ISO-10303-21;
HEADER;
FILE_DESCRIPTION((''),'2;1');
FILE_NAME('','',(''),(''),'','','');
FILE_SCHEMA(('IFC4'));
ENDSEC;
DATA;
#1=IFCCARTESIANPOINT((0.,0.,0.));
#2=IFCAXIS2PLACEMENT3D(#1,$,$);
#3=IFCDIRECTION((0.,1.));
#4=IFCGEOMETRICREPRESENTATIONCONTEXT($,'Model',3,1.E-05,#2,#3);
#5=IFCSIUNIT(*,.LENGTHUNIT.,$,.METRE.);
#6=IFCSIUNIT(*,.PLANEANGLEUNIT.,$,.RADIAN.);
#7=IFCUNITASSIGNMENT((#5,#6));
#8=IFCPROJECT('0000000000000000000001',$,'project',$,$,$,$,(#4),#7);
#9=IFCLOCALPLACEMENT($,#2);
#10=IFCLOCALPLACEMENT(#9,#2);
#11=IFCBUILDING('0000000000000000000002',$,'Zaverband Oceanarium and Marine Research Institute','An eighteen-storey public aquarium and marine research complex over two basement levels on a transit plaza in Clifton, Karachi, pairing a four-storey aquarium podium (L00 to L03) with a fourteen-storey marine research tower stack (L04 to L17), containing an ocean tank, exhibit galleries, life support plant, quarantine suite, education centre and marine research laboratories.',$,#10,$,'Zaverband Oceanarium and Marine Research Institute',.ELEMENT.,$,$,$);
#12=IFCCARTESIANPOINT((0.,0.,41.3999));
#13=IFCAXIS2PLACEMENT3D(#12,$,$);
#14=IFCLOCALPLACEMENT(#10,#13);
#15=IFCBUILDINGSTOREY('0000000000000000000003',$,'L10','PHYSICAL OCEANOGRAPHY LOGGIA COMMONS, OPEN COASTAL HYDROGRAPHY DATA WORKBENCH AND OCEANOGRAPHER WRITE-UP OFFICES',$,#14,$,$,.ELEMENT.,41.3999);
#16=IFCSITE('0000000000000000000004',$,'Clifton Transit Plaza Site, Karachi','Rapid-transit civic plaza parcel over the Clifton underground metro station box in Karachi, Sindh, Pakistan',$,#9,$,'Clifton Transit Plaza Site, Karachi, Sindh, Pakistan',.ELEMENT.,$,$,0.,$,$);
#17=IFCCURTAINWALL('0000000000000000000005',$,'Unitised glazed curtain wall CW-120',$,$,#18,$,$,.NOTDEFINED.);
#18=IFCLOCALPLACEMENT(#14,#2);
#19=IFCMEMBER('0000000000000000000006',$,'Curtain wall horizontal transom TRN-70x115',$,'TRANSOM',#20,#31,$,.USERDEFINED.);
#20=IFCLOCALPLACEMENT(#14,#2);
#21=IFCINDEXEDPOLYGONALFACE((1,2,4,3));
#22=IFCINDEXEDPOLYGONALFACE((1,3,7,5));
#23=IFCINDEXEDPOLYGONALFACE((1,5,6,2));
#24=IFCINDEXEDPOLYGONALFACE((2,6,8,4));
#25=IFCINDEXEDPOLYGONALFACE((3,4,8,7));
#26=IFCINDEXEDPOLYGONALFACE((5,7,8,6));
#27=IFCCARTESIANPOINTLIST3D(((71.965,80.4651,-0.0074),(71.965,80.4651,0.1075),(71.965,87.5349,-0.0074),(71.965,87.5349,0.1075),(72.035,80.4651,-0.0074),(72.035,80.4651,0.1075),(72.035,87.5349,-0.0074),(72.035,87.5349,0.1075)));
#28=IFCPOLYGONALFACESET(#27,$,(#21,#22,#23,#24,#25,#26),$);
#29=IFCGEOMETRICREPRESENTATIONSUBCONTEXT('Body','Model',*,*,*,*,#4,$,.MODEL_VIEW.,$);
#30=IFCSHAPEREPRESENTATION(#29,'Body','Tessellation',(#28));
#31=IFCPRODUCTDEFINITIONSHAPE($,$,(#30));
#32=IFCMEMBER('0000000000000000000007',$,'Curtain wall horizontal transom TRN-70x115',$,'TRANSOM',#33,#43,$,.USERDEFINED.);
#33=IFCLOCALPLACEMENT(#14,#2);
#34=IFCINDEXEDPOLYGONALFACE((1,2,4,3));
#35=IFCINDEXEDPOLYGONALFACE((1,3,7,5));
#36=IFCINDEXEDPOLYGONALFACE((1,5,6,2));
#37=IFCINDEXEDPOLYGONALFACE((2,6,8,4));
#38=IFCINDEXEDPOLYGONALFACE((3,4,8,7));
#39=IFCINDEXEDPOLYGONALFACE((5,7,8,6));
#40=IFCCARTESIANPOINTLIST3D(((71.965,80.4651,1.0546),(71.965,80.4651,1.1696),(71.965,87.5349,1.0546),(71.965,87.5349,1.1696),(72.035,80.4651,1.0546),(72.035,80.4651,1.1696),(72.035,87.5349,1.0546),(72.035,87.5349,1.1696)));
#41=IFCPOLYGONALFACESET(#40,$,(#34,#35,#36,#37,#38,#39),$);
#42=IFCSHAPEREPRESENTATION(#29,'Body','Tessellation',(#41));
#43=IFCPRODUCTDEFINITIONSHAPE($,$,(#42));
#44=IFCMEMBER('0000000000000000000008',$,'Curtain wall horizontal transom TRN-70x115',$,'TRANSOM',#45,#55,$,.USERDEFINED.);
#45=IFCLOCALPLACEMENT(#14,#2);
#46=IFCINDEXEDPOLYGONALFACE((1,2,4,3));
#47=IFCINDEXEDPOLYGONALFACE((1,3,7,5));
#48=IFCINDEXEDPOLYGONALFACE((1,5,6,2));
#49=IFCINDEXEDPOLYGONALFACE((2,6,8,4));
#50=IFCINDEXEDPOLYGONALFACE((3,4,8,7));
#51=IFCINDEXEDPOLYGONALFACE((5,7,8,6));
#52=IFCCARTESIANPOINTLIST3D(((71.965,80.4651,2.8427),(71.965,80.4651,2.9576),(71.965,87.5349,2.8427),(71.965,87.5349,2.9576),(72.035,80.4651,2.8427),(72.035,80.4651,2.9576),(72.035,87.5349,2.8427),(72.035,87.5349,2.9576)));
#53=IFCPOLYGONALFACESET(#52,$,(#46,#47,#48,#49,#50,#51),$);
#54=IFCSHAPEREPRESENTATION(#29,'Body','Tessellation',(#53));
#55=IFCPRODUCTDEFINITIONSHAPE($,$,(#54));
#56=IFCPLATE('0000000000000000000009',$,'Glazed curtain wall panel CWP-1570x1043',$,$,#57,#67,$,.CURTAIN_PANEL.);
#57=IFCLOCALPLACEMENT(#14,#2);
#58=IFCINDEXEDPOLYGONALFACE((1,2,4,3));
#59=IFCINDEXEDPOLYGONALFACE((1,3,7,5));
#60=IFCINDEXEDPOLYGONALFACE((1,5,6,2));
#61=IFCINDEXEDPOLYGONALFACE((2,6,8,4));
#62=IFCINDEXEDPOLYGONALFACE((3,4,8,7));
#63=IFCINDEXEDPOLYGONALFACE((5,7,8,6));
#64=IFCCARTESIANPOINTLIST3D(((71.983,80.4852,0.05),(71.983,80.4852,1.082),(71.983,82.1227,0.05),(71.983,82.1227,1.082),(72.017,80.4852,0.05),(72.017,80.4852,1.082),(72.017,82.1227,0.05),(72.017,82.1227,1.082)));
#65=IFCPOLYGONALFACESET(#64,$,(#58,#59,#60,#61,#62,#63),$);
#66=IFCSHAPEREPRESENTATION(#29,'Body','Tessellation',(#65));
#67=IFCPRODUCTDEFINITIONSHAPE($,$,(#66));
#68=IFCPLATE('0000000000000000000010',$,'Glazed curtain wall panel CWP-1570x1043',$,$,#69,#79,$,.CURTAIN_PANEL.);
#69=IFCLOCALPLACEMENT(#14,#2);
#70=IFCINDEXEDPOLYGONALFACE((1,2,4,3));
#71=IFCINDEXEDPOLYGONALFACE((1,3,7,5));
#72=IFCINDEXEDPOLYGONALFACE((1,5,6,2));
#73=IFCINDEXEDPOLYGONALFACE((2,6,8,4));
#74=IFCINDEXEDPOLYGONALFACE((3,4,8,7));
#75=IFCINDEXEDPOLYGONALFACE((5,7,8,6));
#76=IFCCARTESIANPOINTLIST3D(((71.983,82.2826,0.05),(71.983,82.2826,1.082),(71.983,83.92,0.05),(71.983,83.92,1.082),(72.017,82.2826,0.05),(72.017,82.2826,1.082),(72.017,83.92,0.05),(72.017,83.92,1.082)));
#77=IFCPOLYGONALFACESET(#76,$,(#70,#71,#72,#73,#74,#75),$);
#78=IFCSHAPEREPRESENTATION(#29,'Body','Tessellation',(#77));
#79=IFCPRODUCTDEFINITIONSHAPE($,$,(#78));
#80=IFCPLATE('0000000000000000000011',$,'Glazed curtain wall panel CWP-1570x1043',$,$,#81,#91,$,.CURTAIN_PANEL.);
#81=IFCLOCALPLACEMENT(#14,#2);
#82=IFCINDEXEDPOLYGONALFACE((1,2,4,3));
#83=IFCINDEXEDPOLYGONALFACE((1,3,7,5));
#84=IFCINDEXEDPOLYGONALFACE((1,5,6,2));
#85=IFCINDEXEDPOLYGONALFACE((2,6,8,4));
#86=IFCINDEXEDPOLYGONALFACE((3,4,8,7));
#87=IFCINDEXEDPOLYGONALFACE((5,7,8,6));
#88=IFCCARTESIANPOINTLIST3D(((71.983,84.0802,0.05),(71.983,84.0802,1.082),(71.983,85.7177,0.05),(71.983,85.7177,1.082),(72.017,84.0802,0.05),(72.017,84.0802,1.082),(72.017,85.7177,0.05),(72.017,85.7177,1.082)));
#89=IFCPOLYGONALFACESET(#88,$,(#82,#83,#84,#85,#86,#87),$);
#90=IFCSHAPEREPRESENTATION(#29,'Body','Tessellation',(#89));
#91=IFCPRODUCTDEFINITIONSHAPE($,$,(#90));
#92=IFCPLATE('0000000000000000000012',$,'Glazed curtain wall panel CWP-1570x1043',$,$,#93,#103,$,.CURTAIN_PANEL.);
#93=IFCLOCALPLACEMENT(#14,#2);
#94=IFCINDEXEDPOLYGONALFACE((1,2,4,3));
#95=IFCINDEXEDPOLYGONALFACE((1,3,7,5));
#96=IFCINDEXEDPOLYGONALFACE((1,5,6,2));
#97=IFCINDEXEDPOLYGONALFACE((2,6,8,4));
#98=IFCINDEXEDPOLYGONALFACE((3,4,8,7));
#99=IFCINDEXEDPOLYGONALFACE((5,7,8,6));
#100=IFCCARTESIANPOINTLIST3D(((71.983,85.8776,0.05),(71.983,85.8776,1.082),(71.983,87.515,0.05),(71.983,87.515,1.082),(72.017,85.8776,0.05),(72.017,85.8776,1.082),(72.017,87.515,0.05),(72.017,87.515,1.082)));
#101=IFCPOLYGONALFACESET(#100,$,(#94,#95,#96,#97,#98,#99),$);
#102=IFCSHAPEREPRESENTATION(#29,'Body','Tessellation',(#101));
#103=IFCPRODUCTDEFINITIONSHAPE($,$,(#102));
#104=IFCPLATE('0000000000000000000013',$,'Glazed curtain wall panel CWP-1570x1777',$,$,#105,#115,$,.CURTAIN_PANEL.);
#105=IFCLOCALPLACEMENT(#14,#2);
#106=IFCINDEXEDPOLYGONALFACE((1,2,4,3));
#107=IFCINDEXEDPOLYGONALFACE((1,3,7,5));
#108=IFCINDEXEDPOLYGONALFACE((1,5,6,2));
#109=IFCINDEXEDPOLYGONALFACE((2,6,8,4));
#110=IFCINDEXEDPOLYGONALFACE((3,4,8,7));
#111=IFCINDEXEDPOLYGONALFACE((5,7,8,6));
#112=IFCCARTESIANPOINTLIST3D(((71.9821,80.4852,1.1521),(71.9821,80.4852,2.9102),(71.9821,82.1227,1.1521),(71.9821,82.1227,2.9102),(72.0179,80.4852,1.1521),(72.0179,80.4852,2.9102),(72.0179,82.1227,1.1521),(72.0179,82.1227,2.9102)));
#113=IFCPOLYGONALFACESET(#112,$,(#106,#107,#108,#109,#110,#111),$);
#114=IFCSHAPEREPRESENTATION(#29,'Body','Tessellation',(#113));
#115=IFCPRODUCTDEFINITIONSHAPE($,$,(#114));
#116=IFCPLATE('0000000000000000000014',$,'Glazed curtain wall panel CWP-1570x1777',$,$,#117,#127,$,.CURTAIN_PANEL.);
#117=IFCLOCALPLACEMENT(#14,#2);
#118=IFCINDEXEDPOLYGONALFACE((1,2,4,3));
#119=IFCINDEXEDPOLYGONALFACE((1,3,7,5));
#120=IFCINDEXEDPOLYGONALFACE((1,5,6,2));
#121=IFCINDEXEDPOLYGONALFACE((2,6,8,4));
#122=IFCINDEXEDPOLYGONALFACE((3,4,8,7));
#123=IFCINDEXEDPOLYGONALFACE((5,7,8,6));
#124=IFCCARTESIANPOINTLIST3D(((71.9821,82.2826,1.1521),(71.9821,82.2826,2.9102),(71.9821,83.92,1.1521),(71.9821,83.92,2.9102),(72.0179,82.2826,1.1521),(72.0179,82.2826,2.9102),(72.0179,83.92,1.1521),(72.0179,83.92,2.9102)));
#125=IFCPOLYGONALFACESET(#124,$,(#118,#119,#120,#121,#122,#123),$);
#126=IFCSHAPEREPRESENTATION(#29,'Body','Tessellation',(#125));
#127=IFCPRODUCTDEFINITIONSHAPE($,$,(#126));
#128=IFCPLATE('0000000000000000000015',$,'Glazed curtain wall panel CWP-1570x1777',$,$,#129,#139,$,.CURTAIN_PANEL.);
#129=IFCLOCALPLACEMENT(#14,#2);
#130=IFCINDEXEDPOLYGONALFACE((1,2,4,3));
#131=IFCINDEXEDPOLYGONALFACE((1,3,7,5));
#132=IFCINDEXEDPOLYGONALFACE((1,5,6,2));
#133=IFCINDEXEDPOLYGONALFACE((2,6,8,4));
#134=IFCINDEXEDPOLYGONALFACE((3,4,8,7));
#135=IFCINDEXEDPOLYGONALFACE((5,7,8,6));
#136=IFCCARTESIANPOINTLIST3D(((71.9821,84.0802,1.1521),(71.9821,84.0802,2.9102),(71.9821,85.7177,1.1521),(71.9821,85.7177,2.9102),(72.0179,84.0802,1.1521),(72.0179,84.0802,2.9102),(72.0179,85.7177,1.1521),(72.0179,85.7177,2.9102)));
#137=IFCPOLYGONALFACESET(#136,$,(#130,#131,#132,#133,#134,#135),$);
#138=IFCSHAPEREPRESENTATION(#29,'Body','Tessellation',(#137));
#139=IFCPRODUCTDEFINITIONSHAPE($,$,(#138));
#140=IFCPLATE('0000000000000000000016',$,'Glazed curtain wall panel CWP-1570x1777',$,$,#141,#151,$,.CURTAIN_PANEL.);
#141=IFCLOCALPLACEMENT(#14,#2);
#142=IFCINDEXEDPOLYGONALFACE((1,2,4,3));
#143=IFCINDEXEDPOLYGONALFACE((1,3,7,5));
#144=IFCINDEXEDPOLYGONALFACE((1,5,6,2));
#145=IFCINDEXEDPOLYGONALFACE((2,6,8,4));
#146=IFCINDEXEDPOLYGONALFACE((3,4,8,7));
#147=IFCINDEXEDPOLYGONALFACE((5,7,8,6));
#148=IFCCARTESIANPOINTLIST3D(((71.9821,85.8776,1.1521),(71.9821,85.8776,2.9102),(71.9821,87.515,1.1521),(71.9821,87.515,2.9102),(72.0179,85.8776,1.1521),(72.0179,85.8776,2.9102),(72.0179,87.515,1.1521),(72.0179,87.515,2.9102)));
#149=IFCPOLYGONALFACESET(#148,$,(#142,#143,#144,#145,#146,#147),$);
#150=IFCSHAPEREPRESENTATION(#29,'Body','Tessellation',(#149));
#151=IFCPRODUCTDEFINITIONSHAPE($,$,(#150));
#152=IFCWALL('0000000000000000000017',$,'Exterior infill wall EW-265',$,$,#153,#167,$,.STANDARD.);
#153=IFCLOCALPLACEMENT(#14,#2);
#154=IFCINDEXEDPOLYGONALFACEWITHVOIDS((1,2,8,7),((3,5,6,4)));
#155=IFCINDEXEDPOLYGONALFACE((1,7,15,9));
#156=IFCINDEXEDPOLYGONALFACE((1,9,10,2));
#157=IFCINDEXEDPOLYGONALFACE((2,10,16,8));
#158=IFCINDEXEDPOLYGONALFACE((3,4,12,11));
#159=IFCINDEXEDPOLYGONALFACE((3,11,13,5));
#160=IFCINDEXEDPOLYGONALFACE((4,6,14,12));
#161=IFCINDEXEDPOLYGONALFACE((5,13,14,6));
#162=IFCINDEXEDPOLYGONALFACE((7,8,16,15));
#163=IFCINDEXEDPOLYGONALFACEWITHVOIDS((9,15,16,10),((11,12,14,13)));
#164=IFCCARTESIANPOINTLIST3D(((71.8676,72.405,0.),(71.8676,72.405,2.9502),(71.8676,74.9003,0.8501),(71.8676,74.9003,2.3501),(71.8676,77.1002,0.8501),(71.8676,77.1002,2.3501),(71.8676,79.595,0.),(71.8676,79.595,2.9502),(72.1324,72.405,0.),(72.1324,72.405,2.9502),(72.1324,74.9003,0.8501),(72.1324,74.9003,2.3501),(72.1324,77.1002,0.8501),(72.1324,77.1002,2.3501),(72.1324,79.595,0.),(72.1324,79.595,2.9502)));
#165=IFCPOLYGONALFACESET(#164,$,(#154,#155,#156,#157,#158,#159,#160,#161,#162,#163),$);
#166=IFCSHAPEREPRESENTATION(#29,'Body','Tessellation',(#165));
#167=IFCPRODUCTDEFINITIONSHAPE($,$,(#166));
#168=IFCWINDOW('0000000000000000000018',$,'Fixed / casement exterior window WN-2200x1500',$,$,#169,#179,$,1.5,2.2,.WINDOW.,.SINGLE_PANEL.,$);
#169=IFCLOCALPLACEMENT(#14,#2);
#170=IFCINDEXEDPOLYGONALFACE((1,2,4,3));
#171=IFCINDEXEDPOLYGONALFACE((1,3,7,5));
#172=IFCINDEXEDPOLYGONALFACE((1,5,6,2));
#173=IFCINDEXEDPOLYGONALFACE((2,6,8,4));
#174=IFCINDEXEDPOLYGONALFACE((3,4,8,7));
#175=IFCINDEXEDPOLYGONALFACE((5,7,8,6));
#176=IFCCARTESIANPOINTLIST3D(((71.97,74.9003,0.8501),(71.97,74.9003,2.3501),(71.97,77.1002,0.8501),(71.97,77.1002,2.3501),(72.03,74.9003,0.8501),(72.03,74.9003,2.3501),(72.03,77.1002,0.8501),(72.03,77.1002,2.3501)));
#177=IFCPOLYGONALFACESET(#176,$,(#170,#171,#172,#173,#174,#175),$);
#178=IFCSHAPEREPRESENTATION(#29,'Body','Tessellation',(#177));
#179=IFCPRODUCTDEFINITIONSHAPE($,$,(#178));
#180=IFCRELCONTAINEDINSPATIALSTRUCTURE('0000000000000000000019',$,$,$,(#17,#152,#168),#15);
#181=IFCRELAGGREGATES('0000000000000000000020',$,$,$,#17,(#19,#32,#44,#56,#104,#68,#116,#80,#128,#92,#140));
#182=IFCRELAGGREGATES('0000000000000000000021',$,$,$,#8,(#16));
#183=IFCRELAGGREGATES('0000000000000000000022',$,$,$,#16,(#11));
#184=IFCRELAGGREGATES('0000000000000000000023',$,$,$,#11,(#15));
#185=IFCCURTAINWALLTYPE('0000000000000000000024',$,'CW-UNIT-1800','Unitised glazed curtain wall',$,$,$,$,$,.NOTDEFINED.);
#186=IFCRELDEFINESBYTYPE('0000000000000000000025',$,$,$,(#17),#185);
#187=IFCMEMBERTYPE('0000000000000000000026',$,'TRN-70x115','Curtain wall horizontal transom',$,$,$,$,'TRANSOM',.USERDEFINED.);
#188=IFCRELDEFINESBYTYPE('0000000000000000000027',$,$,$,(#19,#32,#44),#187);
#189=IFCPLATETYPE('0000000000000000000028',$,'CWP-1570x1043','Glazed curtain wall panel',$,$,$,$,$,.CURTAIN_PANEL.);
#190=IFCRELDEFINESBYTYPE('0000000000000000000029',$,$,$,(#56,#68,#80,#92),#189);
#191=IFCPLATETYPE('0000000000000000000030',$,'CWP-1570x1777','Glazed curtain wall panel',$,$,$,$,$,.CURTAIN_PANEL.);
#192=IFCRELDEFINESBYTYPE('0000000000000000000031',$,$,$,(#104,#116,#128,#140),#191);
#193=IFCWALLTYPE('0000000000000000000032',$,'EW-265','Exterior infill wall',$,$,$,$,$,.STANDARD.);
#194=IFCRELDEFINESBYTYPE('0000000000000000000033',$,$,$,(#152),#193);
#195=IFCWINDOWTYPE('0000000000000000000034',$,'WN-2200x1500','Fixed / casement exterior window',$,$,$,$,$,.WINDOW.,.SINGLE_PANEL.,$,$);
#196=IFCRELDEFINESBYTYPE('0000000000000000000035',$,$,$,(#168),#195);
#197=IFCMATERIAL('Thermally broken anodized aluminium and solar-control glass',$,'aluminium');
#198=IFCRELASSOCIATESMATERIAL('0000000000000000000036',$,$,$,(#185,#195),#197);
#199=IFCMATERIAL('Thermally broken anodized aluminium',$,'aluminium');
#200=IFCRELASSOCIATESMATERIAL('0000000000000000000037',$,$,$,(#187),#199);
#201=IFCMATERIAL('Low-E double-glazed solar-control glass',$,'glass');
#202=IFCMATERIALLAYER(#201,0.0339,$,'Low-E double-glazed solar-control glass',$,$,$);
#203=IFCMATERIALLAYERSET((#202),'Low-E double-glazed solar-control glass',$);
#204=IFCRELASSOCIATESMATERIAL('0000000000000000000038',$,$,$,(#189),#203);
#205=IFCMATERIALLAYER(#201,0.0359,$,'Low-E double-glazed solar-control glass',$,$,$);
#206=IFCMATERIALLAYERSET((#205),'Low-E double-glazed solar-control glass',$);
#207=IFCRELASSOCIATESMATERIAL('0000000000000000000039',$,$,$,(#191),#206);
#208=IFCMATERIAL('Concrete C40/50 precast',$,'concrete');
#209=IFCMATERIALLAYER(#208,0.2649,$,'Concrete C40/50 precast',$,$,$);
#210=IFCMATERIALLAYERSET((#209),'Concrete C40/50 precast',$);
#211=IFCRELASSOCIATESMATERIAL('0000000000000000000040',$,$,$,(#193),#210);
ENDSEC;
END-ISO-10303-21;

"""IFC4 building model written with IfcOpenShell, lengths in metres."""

from ifc_helpers import new_model, si_unit, direction, frame, frame_2d, origin, origin_2d, place, context, subcontext, project, spatial, rectangle, extrude, material, layer, layer_set, material_profile, profile_set, type_object, element, fill, aggregate, save


model = new_model("IFC4")

# Units and contexts
model_context = context("Model", 3, precision=1e-05, world=origin(), true_north=direction((0.0, 1.0)))
body_context = subcontext(model_context, "Body", "Model", "MODEL_VIEW")
ifc_project = project(units=[si_unit("LENGTHUNIT", "METRE"), si_unit("PLANEANGLEUNIT", "RADIAN")], contexts=[model_context])

# Site, building, storey
site_placement = place(None, origin())
site = spatial("IfcSite", under=ifc_project, at=site_placement, Name="Clifton Transit Plaza Site, Karachi", Description="Rapid-transit civic plaza parcel over the Clifton underground metro station box in Karachi, Sindh, Pakistan", LongName="Clifton Transit Plaza Site, Karachi, Sindh, Pakistan", CompositionType="ELEMENT", RefElevation=0.0)
building_placement = place(site_placement, origin())
building = spatial("IfcBuilding", under=site, at=building_placement, Name="Zaverband Oceanarium and Marine Research Institute", Description="An eighteen-storey public aquarium and marine research complex over two basement levels on a transit plaza in Clifton, Karachi, pairing a four-storey aquarium podium (L00 to L03) with a fourteen-storey marine research tower stack (L04 to L17), containing an ocean tank, exhibit galleries, life support plant, quarantine suite, education centre and marine research laboratories.", LongName="Zaverband Oceanarium and Marine Research Institute", CompositionType="ELEMENT")
storey_placement = place(building_placement, frame((0.0, 0.0, 41.3999)))
storey = spatial("IfcBuildingStorey", under=building, at=storey_placement, Name="L10", Description="PHYSICAL OCEANOGRAPHY LOGGIA COMMONS, OPEN COASTAL HYDROGRAPHY DATA WORKBENCH AND OCEANOGRAPHER WRITE-UP OFFICES", CompositionType="ELEMENT", Elevation=41.3999)

# Curtain wall
ifc_material_1 = material(Name="Thermally broken anodized aluminium and solar-control glass", Category="aluminium")
curtain_wall_type = type_object("IfcCurtainWallType", Name="CW-UNIT-1800", Description="Unitised glazed curtain wall", PredefinedType="NOTDEFINED", material=ifc_material_1)
curtain_wall_placement = place(storey_placement, origin())
curtain_wall = element("IfcCurtainWall", 1, at=curtain_wall_placement, inside=storey, type_object=curtain_wall_type, Name="Unitised glazed curtain wall CW-120", PredefinedType="NOTDEFINED")
ifc_material_2 = material(Name="Thermally broken anodized aluminium", Category="aluminium")

# Members
ifc_material_profile_1 = material_profile(ifc_material_2, rectangle(XDim=0.0701, YDim=0.115, at=origin_2d()), Name="AL-TRN-70x115")
ifc_profile_set_1 = profile_set([ifc_material_profile_1], Name="Thermally broken anodized aluminium")
member_type_1 = type_object("IfcMemberType", Name="TRN-70x115", Description="Curtain wall horizontal transom", ElementType="TRANSOM", PredefinedType="USERDEFINED", material=ifc_profile_set_1)
member_1_placement = place(storey_placement, frame((72.0, 80.4651, 0.05), z_axis=(0.0, 1.0, 0.0), x_axis=(-1.0, 0.0, 0.0)))
member_1 = element("IfcMember", 2, at=member_1_placement, type_object=member_type_1, Name="Curtain wall horizontal transom TRN-70x115", ObjectType="TRANSOM", PredefinedType="USERDEFINED", context=body_context, shape_type="SweptSolid", body=[
    extrude(rectangle(XDim=0.0701, YDim=0.115, at=origin_2d()), origin(), (0.0, 0.0, 1.0), 7.0698),
])
member_2_placement = place(storey_placement, frame((72.0, 80.4651, 1.1121), z_axis=(0.0, 1.0, 0.0), x_axis=(-1.0, 0.0, 0.0)))
member_2 = element("IfcMember", 3, at=member_2_placement, type_object=member_type_1, Name="Curtain wall horizontal transom TRN-70x115", ObjectType="TRANSOM", PredefinedType="USERDEFINED", context=body_context, shape_type="SweptSolid", body=[
    extrude(rectangle(XDim=0.0701, YDim=0.115, at=origin_2d()), origin(), (0.0, 0.0, 1.0), 7.0698),
])
member_3_placement = place(storey_placement, frame((72.0, 80.4651, 2.9001), z_axis=(0.0, 1.0, 0.0), x_axis=(-1.0, 0.0, 0.0)))
member_3 = element("IfcMember", 4, at=member_3_placement, type_object=member_type_1, Name="Curtain wall horizontal transom TRN-70x115", ObjectType="TRANSOM", PredefinedType="USERDEFINED", context=body_context, shape_type="SweptSolid", body=[
    extrude(rectangle(XDim=0.0701, YDim=0.115, at=origin_2d()), origin(), (0.0, 0.0, 1.0), 7.0698),
])

# Plates
ifc_material_3 = material(Name="Low-E double-glazed solar-control glass", Category="glass")
ifc_layer_1 = layer(ifc_material_3, 0.0339, Name="Low-E double-glazed solar-control glass")
ifc_layer_set_1 = layer_set([ifc_layer_1], Name="Low-E double-glazed solar-control glass")
plate_type_1 = type_object("IfcPlateType", Name="CWP-1570x1043", Description="Glazed curtain wall panel", PredefinedType="CURTAIN_PANEL", material=ifc_layer_set_1)
plate_1_placement = place(storey_placement, frame((72.0, 80.4851, 0.05), z_axis=(0.0, 0.0, 1.0), x_axis=(0.0, 1.0, 0.0)))
plate_1 = element("IfcPlate", 5, at=plate_1_placement, type_object=plate_type_1, Name="Glazed curtain wall panel CWP-1570x1043", PredefinedType="CURTAIN_PANEL", context=body_context, shape_type="SweptSolid", body=[
    extrude(rectangle(XDim=1.6375, YDim=0.0339, at=frame_2d((0.8188, 0.0))), origin(), (0.0, 0.0, 1.0), 1.032),
])
plate_2_placement = place(storey_placement, frame((72.0, 82.2825, 0.05), z_axis=(0.0, 0.0, 1.0), x_axis=(0.0, 1.0, 0.0)))
plate_2 = element("IfcPlate", 6, at=plate_2_placement, type_object=plate_type_1, Name="Glazed curtain wall panel CWP-1570x1043", PredefinedType="CURTAIN_PANEL", context=body_context, shape_type="SweptSolid", body=[
    extrude(rectangle(XDim=1.6375, YDim=0.0339, at=frame_2d((0.8188, 0.0))), origin(), (0.0, 0.0, 1.0), 1.032),
])
plate_3_placement = place(storey_placement, frame((72.0, 84.0801, 0.05), z_axis=(0.0, 0.0, 1.0), x_axis=(0.0, 1.0, 0.0)))
plate_3 = element("IfcPlate", 7, at=plate_3_placement, type_object=plate_type_1, Name="Glazed curtain wall panel CWP-1570x1043", PredefinedType="CURTAIN_PANEL", context=body_context, shape_type="SweptSolid", body=[
    extrude(rectangle(XDim=1.6375, YDim=0.0339, at=frame_2d((0.8188, 0.0))), origin(), (0.0, 0.0, 1.0), 1.032),
])
plate_4_placement = place(storey_placement, frame((72.0, 85.8774, 0.05), z_axis=(0.0, 0.0, 1.0), x_axis=(0.0, 1.0, 0.0)))
plate_4 = element("IfcPlate", 8, at=plate_4_placement, type_object=plate_type_1, Name="Glazed curtain wall panel CWP-1570x1043", PredefinedType="CURTAIN_PANEL", context=body_context, shape_type="SweptSolid", body=[
    extrude(rectangle(XDim=1.6375, YDim=0.0339, at=frame_2d((0.8188, 0.0))), origin(), (0.0, 0.0, 1.0), 1.032),
])
ifc_layer_2 = layer(ifc_material_3, 0.0359, Name="Low-E double-glazed solar-control glass")
ifc_layer_set_2 = layer_set([ifc_layer_2], Name="Low-E double-glazed solar-control glass")
plate_type_2 = type_object("IfcPlateType", Name="CWP-1570x1777", Description="Glazed curtain wall panel", PredefinedType="CURTAIN_PANEL", material=ifc_layer_set_2)
plate_5_placement = place(storey_placement, frame((72.0, 80.4851, 1.1521), z_axis=(0.0, 0.0, 1.0), x_axis=(0.0, 1.0, 0.0)))
plate_5 = element("IfcPlate", 9, at=plate_5_placement, type_object=plate_type_2, Name="Glazed curtain wall panel CWP-1570x1777", PredefinedType="CURTAIN_PANEL", context=body_context, shape_type="SweptSolid", body=[
    extrude(rectangle(XDim=1.6375, YDim=0.0359, at=frame_2d((0.8188, 0.0))), origin(), (0.0, 0.0, 1.0), 1.7581),
])
plate_6_placement = place(storey_placement, frame((72.0, 82.2825, 1.1521), z_axis=(0.0, 0.0, 1.0), x_axis=(0.0, 1.0, 0.0)))
plate_6 = element("IfcPlate", 10, at=plate_6_placement, type_object=plate_type_2, Name="Glazed curtain wall panel CWP-1570x1777", PredefinedType="CURTAIN_PANEL", context=body_context, shape_type="SweptSolid", body=[
    extrude(rectangle(XDim=1.6375, YDim=0.0359, at=frame_2d((0.8188, 0.0))), origin(), (0.0, 0.0, 1.0), 1.7581),
])
plate_7_placement = place(storey_placement, frame((72.0, 84.0801, 1.1521), z_axis=(0.0, 0.0, 1.0), x_axis=(0.0, 1.0, 0.0)))
plate_7 = element("IfcPlate", 11, at=plate_7_placement, type_object=plate_type_2, Name="Glazed curtain wall panel CWP-1570x1777", PredefinedType="CURTAIN_PANEL", context=body_context, shape_type="SweptSolid", body=[
    extrude(rectangle(XDim=1.6375, YDim=0.0359, at=frame_2d((0.8188, 0.0))), origin(), (0.0, 0.0, 1.0), 1.7581),
])
plate_8_placement = place(storey_placement, frame((72.0, 85.8774, 1.1521), z_axis=(0.0, 0.0, 1.0), x_axis=(0.0, 1.0, 0.0)))
plate_8 = element("IfcPlate", 12, at=plate_8_placement, type_object=plate_type_2, Name="Glazed curtain wall panel CWP-1570x1777", PredefinedType="CURTAIN_PANEL", context=body_context, shape_type="SweptSolid", body=[
    extrude(rectangle(XDim=1.6375, YDim=0.0359, at=frame_2d((0.8188, 0.0))), origin(), (0.0, 0.0, 1.0), 1.7581),
])
aggregate(curtain_wall, [member_1, member_2, member_3, plate_1, plate_5, plate_2, plate_6, plate_3, plate_7, plate_4, plate_8])

# Wall, opening, window
ifc_material_4 = material(Name="Concrete C40/50 precast", Category="concrete")
ifc_layer_3 = layer(ifc_material_4, 0.2649, Name="Concrete C40/50 precast")
ifc_layer_set_3 = layer_set([ifc_layer_3], Name="Concrete C40/50 precast")
wall_type = type_object("IfcWallType", Name="EW-265", Description="Exterior infill wall", PredefinedType="STANDARD", material=ifc_layer_set_3)
wall_placement = place(storey_placement, frame((72.0, 72.405, 0.0), z_axis=(0.0, 0.0, 1.0), x_axis=(0.0, 1.0, 0.0)))
wall = element("IfcWall", 13, at=wall_placement, inside=storey, type_object=wall_type, Name="Exterior infill wall EW-265", PredefinedType="STANDARD", context=body_context, shape_type="SweptSolid", body=[
    extrude(rectangle(XDim=7.1899, YDim=0.2649, at=frame_2d((3.595, 0.0))), origin(), (0.0, 0.0, 1.0), 2.9502),
])
opening_placement = place(wall_placement, frame((2.4951, 0.0, 0.8501)))
opening = element("IfcOpeningElement", 14, at=opening_placement, cuts=wall, PredefinedType="OPENING", context=body_context, shape_type="SweptSolid", body=[
    extrude(rectangle(XDim=2.2, YDim=1.5, at=frame_2d((1.1001, 0.75))), frame((0.0, 0.1445, 0.0), z_axis=(0.0, -1.0, 0.0), x_axis=(1.0, 0.0, 0.0)), (0.0, 0.0, 1.0), 0.2888),
])
window_type = type_object("IfcWindowType", Name="WN-2200x1500", Description="Fixed / casement exterior window", PartitioningType="SINGLE_PANEL", PredefinedType="WINDOW", material=ifc_material_1)
window_placement = place(opening_placement, origin())
window = element("IfcWindow", 15, at=window_placement, inside=storey, type_object=window_type, Name="Fixed / casement exterior window WN-2200x1500", OverallHeight=1.5, OverallWidth=2.2, PartitioningType="SINGLE_PANEL", PredefinedType="WINDOW", context=body_context, shape_type="SweptSolid", body=[
    extrude(rectangle(XDim=2.2, YDim=1.5, at=frame_2d((1.1001, 0.75))), frame((0.0, 0.03, 0.0), z_axis=(0.0, -1.0, 0.0), x_axis=(1.0, 0.0, 0.0)), (0.0, 0.0, 1.0), 0.0601),
])
fill(opening, window)

save(model, "model.ifc")
